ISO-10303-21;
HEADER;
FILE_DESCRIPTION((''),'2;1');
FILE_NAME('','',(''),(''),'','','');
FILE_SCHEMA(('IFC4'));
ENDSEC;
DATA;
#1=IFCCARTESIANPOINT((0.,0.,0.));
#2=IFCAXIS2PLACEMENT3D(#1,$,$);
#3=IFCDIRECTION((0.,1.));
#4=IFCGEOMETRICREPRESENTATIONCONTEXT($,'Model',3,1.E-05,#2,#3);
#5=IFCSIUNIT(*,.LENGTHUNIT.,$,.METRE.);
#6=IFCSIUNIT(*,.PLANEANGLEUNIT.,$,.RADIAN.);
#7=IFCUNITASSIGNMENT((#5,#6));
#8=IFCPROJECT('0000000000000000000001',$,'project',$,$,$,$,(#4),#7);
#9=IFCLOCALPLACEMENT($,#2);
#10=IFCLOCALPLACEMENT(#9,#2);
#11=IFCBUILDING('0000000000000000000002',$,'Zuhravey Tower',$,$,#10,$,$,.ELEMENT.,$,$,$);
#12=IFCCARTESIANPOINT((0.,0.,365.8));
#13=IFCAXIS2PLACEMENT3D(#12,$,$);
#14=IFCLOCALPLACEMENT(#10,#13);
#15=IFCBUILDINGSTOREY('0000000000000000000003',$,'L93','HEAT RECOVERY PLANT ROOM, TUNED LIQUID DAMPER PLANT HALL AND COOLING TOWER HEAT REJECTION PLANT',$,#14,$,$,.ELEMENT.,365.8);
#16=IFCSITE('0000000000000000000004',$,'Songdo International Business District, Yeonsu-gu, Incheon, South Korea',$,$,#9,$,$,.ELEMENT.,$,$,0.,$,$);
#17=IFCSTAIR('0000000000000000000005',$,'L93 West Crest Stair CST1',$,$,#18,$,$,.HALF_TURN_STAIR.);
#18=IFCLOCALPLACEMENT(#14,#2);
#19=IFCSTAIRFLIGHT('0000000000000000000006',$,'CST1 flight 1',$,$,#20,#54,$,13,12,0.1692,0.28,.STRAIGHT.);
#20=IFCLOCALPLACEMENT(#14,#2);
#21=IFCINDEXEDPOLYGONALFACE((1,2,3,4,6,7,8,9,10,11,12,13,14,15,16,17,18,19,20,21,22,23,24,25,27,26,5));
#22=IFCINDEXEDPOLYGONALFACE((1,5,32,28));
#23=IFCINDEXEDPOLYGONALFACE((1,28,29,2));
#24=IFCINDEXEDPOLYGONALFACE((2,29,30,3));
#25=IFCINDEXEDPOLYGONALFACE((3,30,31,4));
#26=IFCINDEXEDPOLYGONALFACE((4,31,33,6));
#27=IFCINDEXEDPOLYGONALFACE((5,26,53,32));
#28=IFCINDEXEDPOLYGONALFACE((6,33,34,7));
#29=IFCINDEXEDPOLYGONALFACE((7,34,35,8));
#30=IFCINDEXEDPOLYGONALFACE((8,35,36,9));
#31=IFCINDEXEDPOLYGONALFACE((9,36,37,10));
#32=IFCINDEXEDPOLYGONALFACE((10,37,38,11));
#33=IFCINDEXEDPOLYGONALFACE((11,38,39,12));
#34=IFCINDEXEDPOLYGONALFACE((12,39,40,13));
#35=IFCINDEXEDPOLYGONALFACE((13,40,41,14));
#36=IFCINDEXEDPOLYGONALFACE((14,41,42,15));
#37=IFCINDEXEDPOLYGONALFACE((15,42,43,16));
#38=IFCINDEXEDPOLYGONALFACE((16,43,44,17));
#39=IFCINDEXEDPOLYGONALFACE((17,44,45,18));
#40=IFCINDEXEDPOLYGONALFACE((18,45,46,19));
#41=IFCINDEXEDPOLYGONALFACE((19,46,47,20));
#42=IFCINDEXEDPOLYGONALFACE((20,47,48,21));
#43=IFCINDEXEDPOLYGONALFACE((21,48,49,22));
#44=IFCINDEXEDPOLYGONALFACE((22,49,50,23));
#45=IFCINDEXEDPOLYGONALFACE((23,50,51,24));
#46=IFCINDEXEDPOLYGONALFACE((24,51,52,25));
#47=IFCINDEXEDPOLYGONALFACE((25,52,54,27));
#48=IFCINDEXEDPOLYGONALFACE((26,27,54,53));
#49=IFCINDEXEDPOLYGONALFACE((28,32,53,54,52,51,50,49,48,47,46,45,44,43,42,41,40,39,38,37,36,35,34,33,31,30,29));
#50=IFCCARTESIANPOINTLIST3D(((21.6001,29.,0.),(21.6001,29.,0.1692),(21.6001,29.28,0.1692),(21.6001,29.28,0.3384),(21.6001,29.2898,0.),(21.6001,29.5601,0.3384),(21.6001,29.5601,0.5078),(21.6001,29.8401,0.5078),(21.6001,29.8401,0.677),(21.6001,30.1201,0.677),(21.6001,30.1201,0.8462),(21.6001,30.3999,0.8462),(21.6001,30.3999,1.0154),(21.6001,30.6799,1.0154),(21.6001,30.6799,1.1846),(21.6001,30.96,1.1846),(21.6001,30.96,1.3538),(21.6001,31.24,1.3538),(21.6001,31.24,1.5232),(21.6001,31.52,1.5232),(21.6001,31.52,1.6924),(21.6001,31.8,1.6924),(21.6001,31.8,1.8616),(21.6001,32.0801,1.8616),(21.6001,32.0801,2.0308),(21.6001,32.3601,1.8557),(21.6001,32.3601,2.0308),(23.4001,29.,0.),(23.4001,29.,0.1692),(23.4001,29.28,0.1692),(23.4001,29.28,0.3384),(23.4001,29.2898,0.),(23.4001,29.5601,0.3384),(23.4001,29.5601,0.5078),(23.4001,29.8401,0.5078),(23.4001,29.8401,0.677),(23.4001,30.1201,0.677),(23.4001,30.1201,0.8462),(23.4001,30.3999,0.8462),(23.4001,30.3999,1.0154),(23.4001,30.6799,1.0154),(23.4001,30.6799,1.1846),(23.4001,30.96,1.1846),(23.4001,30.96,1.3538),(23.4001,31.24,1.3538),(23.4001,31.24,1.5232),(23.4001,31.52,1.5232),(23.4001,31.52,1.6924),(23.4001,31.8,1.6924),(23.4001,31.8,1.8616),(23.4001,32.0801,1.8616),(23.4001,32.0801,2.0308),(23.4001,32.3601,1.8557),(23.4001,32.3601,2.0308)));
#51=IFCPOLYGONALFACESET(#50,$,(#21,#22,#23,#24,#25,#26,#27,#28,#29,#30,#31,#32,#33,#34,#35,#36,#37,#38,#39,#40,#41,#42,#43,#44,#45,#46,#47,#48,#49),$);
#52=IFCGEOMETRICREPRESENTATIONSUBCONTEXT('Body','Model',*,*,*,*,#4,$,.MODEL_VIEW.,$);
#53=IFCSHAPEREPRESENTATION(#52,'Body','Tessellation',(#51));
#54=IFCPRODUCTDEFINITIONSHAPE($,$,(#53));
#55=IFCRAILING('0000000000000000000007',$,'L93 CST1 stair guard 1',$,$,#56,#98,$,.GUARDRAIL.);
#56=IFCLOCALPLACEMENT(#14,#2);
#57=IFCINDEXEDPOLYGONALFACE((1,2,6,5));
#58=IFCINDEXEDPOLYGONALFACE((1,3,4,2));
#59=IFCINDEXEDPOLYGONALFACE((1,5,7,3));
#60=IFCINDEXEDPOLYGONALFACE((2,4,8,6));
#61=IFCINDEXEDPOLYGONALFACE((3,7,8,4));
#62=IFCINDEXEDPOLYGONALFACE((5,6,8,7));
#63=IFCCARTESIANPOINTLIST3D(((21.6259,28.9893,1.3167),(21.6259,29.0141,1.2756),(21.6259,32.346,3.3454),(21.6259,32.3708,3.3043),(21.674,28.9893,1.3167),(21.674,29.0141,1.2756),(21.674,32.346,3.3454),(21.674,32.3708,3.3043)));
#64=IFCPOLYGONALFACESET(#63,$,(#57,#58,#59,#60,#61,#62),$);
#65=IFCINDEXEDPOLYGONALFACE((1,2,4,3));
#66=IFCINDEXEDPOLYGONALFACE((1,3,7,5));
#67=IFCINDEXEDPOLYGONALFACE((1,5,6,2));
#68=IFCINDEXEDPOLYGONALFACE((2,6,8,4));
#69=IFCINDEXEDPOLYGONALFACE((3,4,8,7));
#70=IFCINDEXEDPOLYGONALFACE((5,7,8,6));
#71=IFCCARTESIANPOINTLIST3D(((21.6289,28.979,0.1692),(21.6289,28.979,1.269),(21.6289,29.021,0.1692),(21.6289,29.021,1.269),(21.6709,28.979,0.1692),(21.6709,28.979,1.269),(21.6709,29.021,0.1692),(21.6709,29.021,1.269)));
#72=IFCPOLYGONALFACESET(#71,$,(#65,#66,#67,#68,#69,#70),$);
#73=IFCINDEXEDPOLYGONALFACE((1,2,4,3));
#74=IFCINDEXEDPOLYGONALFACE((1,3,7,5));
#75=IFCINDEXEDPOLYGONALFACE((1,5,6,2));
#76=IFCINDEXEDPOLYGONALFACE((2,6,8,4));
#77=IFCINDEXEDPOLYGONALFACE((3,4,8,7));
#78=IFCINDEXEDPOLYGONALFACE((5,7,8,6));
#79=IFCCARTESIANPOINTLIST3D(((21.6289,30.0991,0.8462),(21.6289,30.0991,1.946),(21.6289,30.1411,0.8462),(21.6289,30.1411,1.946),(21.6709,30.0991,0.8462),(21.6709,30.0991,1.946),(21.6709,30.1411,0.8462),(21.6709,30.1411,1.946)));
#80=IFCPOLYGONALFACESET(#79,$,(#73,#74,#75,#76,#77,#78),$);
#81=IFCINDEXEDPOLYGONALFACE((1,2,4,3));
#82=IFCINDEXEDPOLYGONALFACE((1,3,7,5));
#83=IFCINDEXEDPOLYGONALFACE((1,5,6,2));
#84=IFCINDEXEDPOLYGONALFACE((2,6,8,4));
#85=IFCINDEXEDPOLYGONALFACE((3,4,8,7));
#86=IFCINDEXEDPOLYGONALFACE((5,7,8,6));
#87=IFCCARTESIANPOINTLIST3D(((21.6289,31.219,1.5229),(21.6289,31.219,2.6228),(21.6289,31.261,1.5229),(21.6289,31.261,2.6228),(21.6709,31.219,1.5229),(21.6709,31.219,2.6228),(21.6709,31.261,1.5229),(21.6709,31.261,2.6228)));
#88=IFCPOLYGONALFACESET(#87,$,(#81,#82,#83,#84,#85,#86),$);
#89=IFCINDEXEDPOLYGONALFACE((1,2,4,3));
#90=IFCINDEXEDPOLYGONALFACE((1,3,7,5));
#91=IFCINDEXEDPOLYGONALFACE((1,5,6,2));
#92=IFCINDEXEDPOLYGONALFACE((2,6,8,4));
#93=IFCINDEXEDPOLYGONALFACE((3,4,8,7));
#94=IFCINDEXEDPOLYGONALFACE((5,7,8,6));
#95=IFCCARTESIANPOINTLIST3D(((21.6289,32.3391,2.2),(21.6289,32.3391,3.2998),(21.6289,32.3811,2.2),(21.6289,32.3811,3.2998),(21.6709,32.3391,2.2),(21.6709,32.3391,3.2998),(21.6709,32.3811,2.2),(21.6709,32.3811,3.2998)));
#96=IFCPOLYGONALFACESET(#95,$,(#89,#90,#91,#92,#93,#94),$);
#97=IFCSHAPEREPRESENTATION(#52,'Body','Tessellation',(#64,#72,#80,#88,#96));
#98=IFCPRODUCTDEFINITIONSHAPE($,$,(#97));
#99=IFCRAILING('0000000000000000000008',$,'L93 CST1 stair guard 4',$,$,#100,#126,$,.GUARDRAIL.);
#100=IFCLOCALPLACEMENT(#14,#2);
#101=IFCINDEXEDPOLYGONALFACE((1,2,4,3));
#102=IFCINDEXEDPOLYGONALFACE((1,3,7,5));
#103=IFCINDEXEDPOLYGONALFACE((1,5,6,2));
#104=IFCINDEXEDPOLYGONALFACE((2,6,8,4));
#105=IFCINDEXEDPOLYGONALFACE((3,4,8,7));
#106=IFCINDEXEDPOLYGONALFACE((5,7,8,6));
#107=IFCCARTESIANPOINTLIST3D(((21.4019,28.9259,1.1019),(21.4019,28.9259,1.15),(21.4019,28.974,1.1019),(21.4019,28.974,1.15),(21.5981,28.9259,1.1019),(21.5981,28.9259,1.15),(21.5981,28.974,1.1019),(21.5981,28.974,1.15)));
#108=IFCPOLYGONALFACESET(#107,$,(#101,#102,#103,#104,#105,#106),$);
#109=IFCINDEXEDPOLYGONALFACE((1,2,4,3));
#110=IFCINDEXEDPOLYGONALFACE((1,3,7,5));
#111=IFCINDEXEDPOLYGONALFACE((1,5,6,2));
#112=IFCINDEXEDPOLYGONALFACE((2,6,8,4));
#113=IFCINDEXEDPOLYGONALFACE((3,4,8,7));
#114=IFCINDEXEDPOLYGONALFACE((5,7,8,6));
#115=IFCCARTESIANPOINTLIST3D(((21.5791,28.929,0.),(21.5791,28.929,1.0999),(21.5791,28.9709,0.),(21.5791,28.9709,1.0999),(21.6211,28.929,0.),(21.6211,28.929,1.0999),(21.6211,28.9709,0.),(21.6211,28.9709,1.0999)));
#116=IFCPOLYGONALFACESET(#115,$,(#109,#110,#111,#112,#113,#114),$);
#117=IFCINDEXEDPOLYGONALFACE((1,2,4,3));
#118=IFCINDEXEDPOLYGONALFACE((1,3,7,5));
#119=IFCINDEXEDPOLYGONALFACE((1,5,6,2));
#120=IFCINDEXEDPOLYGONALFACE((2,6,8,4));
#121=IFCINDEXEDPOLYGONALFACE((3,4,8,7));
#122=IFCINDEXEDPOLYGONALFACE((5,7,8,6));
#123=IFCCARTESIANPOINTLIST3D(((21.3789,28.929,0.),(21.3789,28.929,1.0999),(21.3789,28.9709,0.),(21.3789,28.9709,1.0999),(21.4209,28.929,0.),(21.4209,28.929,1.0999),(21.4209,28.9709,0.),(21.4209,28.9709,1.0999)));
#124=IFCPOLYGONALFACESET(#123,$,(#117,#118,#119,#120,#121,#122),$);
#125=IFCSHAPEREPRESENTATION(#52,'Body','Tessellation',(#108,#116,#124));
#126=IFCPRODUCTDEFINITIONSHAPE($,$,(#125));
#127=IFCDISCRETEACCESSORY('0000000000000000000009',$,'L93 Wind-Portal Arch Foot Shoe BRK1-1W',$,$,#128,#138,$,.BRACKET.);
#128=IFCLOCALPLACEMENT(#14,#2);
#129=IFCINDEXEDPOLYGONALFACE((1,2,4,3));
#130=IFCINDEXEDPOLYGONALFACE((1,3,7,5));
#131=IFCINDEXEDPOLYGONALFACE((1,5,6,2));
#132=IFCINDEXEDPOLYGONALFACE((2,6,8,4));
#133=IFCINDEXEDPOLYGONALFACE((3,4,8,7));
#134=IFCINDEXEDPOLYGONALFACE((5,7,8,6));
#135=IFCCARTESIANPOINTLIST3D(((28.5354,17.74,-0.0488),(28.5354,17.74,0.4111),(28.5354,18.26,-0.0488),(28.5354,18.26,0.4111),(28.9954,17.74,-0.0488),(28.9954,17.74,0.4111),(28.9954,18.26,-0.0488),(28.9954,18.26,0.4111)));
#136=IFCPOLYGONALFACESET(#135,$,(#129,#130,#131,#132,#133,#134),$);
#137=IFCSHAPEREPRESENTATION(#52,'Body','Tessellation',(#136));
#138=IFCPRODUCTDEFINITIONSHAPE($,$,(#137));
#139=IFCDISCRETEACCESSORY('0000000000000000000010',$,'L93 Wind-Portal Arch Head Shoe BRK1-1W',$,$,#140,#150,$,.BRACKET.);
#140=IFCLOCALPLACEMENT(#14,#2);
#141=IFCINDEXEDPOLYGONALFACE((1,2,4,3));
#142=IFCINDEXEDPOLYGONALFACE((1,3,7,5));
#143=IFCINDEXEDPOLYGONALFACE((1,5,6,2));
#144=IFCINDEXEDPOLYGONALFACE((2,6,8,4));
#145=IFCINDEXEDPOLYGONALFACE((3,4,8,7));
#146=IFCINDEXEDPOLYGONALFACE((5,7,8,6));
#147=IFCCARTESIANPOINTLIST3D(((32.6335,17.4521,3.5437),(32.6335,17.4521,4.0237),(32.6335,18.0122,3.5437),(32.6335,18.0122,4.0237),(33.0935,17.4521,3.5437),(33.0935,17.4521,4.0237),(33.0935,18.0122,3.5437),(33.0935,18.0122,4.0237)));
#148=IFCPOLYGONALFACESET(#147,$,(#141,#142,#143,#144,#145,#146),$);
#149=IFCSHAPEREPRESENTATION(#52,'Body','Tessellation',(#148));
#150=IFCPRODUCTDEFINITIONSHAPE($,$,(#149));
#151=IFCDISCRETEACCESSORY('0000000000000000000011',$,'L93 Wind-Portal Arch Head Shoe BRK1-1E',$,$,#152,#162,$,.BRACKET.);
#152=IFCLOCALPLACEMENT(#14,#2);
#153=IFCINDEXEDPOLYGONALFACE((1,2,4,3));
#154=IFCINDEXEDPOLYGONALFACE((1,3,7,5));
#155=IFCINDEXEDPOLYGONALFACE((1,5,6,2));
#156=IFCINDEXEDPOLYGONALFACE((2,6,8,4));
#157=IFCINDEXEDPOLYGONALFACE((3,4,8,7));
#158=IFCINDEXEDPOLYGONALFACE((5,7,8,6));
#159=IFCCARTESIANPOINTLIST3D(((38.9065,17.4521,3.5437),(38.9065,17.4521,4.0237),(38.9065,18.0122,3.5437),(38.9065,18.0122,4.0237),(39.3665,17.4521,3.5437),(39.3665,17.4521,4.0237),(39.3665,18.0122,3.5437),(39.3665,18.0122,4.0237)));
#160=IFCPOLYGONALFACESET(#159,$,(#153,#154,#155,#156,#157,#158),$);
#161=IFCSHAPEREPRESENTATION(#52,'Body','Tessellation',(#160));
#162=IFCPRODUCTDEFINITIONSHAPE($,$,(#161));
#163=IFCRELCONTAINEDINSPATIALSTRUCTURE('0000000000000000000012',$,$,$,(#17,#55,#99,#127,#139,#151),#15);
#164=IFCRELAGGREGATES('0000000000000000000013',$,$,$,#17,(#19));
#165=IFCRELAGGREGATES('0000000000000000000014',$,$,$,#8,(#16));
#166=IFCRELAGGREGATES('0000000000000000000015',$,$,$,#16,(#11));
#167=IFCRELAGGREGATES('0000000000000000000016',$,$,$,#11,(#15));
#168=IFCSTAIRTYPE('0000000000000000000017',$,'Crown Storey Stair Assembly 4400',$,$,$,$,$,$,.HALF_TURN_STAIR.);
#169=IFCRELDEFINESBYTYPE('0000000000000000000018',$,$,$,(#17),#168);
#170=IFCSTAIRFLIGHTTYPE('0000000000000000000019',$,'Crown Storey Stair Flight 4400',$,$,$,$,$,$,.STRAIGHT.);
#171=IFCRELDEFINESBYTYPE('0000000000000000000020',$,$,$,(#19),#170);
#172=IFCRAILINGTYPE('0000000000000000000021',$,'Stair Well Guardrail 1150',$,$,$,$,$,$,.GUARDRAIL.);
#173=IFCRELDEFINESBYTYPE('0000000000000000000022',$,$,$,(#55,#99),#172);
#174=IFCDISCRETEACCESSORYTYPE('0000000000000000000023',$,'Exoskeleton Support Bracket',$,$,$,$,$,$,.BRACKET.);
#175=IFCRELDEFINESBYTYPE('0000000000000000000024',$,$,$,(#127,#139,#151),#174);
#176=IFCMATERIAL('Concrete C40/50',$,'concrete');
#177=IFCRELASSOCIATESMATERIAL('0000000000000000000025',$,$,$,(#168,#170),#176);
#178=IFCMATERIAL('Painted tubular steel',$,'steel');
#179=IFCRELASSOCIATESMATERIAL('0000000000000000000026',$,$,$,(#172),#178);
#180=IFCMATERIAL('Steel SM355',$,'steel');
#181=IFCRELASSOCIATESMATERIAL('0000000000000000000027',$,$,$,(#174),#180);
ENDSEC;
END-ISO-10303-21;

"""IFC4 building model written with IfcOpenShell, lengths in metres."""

from ifc_helpers import new_model, si_unit, direction, frame, origin, origin_2d, place, context, subcontext, project, spatial, polyline, rectangle, outline, extrude, material, type_object, element, aggregate, save


model = new_model("IFC4")

# Units and contexts
model_context = context("Model", 3, precision=1e-05, world=origin(), true_north=direction((0.0, 1.0)))
body_context = subcontext(model_context, "Body", "Model", "MODEL_VIEW")
ifc_project = project(units=[si_unit("LENGTHUNIT", "METRE"), si_unit("PLANEANGLEUNIT", "RADIAN")], contexts=[model_context])

# Site, building, storey
site_placement = place(None, origin())
site = spatial("IfcSite", under=ifc_project, at=site_placement, Name="Songdo International Business District, Yeonsu-gu, Incheon, South Korea", CompositionType="ELEMENT", RefElevation=0.0)
building_placement = place(site_placement, origin())
building = spatial("IfcBuilding", under=site, at=building_placement, Name="Zuhravey Tower", CompositionType="ELEMENT")
storey_placement = place(building_placement, frame((0.0, 0.0, 365.8)))
storey = spatial("IfcBuildingStorey", under=building, at=storey_placement, Name="L93", Description="HEAT RECOVERY PLANT ROOM, TUNED LIQUID DAMPER PLANT HALL AND COOLING TOWER HEAT REJECTION PLANT", CompositionType="ELEMENT", Elevation=365.8)

# Shared definitions
ifc_material_1 = material(Name="Steel SM355", Category="steel")

# Stair, stair flight
ifc_material_2 = material(Name="Concrete C40/50", Category="concrete")
stair_type = type_object("IfcStairType", Name="Crown Storey Stair Assembly 4400", PredefinedType="HALF_TURN_STAIR", material=ifc_material_2)
stair_placement = place(storey_placement, origin())
stair = element("IfcStair", 1, at=stair_placement, inside=storey, type_object=stair_type, Name="L93 West Crest Stair CST1", PredefinedType="HALF_TURN_STAIR")
stair_flight_type = type_object("IfcStairFlightType", Name="Crown Storey Stair Flight 4400", PredefinedType="STRAIGHT", material=ifc_material_2)
stair_flight_placement = place(storey_placement, frame((22.5, 29.0, 0.0), z_axis=(0.0, 0.0, 1.0), x_axis=(0.0, 1.0, 0.0)))
stair_flight = element("IfcStairFlight", 2, at=stair_flight_placement, type_object=stair_flight_type, Name="CST1 flight 1", NumberOfRisers=13, NumberOfTreads=12, PredefinedType="STRAIGHT", RiserHeight=0.1692, TreadLength=0.28, context=body_context, shape_type="SweptSolid", body=[
    extrude(outline(polyline([(0.0, 0.0), (0.0, 0.1692), (0.28, 0.1692), (0.28, 0.3384), (0.5601, 0.3384), (0.5601, 0.5078), (0.8401, 0.5078), (0.8401, 0.677), (1.1201, 0.677), (1.1201, 0.8462), (1.3999, 0.8462), (1.3999, 1.0154), (1.6799, 1.0154), (1.6799, 1.1846), (1.96, 1.1846), (1.96, 1.3538), (2.24, 1.3538), (2.24, 1.5232), (2.52, 1.5232), (2.52, 1.6924), (2.8, 1.6924), (2.8, 1.8616), (3.0801, 1.8616), (3.0801, 2.0308), (3.3601, 2.0308), (3.3601, 2.2), (3.3601, 1.8557), (0.2898, 0.0), (0.0, 0.0)])), frame((0.0, 0.8999, 0.0), z_axis=(0.0, -1.0, 0.0), x_axis=(1.0, 0.0, 0.0)), (0.0, 0.0, 1.0), 1.8),
])
aggregate(stair, [stair_flight])

# Railings
ifc_material_3 = material(Name="Painted tubular steel", Category="steel")
railing_type = type_object("IfcRailingType", Name="Stair Well Guardrail 1150", PredefinedType="GUARDRAIL", material=ifc_material_3)
railing_1_placement = place(storey_placement, frame((21.6499, 29.0, 0.1692)))
element("IfcRailing", 3, at=railing_1_placement, inside=storey, type_object=railing_type, Name="L93 CST1 stair guard 1", PredefinedType="GUARDRAIL", context=body_context, shape_type="SweptSolid", body=[
    extrude(rectangle(XDim=0.0481, YDim=0.0481, at=origin_2d()), frame((0.0, 0.0017, 1.127), z_axis=(0.0, 0.855837, 0.517246), x_axis=(-1.0, 0.0, 0.0)), (0.0, 0.0, 1.0), 3.9221),
    extrude(rectangle(XDim=0.042, YDim=0.042, at=origin_2d()), origin(), (0.0, 0.0, 1.0), 1.0999),
    extrude(rectangle(XDim=0.042, YDim=0.042, at=origin_2d()), frame((0.0, 1.1201, 0.677)), (0.0, 0.0, 1.0), 1.0999),
    extrude(rectangle(XDim=0.042, YDim=0.042, at=origin_2d()), frame((0.0, 2.24, 1.3538)), (0.0, 0.0, 1.0), 1.0999),
    extrude(rectangle(XDim=0.042, YDim=0.042, at=origin_2d()), frame((0.0, 3.3601, 2.0308)), (0.0, 0.0, 1.0), 1.0999),
])
railing_2_placement = place(storey_placement, frame((21.6001, 28.95, 0.0)))
element("IfcRailing", 4, at=railing_2_placement, inside=storey, type_object=railing_type, Name="L93 CST1 stair guard 4", PredefinedType="GUARDRAIL", context=body_context, shape_type="SweptSolid", body=[
    extrude(rectangle(XDim=0.0481, YDim=0.0481, at=origin_2d()), frame((-0.002, 0.0, 1.126), z_axis=(-1.0, 0.0, 0.0), x_axis=(0.0, -1.0, 0.0)), (0.0, 0.0, 1.0), 0.1963),
    extrude(rectangle(XDim=0.042, YDim=0.042, at=origin_2d()), origin(), (0.0, 0.0, 1.0), 1.0999),
    extrude(rectangle(XDim=0.042, YDim=0.042, at=origin_2d()), frame((-0.2002, 0.0, 0.0)), (0.0, 0.0, 1.0), 1.0999),
])

# Discrete accessories
discrete_accessory_type = type_object("IfcDiscreteAccessoryType", Name="Exoskeleton Support Bracket", PredefinedType="BRACKET", material=ifc_material_1)
discrete_accessory_placement = place(storey_placement, frame((28.7654, 18.0, -0.0488), z_axis=(0.0, 0.0, 1.0), x_axis=(1.0, 0.0, 0.0)))
element("IfcDiscreteAccessory", 5, at=discrete_accessory_placement, inside=storey, type_object=discrete_accessory_type, Name="L93 Wind-Portal Arch Foot Shoe BRK1-1W", PredefinedType="BRACKET", context=body_context, shape_type="SweptSolid", body=[
    extrude(rectangle(XDim=0.46, YDim=0.52, at=origin_2d()), origin(), (0.0, 0.0, 1.0), 0.46),
])
for number, where, z_axis, x_axis, name in (
    (6, (32.8635, 17.7322, 3.5437), (0.0, 0.0, 1.0), (1.0, 0.0, 0.0), "L93 Wind-Portal Arch Head Shoe BRK1-1W"),
    (7, (39.1365, 17.7322, 3.5437), (0.0, 0.0, 1.0), (1.0, 0.0, 0.0), "L93 Wind-Portal Arch Head Shoe BRK1-1E"),
):
    element("IfcDiscreteAccessory", number, at=place(storey_placement, frame(where, z_axis=z_axis, x_axis=x_axis)), inside=storey, type_object=discrete_accessory_type, Name=name, PredefinedType="BRACKET", context=body_context, shape_type="SweptSolid", body=[
        extrude(rectangle(XDim=0.46, YDim=0.5601, at=origin_2d()), origin(), (0.0, 0.0, 1.0), 0.48),
    ])

save(model, "model.ifc")
